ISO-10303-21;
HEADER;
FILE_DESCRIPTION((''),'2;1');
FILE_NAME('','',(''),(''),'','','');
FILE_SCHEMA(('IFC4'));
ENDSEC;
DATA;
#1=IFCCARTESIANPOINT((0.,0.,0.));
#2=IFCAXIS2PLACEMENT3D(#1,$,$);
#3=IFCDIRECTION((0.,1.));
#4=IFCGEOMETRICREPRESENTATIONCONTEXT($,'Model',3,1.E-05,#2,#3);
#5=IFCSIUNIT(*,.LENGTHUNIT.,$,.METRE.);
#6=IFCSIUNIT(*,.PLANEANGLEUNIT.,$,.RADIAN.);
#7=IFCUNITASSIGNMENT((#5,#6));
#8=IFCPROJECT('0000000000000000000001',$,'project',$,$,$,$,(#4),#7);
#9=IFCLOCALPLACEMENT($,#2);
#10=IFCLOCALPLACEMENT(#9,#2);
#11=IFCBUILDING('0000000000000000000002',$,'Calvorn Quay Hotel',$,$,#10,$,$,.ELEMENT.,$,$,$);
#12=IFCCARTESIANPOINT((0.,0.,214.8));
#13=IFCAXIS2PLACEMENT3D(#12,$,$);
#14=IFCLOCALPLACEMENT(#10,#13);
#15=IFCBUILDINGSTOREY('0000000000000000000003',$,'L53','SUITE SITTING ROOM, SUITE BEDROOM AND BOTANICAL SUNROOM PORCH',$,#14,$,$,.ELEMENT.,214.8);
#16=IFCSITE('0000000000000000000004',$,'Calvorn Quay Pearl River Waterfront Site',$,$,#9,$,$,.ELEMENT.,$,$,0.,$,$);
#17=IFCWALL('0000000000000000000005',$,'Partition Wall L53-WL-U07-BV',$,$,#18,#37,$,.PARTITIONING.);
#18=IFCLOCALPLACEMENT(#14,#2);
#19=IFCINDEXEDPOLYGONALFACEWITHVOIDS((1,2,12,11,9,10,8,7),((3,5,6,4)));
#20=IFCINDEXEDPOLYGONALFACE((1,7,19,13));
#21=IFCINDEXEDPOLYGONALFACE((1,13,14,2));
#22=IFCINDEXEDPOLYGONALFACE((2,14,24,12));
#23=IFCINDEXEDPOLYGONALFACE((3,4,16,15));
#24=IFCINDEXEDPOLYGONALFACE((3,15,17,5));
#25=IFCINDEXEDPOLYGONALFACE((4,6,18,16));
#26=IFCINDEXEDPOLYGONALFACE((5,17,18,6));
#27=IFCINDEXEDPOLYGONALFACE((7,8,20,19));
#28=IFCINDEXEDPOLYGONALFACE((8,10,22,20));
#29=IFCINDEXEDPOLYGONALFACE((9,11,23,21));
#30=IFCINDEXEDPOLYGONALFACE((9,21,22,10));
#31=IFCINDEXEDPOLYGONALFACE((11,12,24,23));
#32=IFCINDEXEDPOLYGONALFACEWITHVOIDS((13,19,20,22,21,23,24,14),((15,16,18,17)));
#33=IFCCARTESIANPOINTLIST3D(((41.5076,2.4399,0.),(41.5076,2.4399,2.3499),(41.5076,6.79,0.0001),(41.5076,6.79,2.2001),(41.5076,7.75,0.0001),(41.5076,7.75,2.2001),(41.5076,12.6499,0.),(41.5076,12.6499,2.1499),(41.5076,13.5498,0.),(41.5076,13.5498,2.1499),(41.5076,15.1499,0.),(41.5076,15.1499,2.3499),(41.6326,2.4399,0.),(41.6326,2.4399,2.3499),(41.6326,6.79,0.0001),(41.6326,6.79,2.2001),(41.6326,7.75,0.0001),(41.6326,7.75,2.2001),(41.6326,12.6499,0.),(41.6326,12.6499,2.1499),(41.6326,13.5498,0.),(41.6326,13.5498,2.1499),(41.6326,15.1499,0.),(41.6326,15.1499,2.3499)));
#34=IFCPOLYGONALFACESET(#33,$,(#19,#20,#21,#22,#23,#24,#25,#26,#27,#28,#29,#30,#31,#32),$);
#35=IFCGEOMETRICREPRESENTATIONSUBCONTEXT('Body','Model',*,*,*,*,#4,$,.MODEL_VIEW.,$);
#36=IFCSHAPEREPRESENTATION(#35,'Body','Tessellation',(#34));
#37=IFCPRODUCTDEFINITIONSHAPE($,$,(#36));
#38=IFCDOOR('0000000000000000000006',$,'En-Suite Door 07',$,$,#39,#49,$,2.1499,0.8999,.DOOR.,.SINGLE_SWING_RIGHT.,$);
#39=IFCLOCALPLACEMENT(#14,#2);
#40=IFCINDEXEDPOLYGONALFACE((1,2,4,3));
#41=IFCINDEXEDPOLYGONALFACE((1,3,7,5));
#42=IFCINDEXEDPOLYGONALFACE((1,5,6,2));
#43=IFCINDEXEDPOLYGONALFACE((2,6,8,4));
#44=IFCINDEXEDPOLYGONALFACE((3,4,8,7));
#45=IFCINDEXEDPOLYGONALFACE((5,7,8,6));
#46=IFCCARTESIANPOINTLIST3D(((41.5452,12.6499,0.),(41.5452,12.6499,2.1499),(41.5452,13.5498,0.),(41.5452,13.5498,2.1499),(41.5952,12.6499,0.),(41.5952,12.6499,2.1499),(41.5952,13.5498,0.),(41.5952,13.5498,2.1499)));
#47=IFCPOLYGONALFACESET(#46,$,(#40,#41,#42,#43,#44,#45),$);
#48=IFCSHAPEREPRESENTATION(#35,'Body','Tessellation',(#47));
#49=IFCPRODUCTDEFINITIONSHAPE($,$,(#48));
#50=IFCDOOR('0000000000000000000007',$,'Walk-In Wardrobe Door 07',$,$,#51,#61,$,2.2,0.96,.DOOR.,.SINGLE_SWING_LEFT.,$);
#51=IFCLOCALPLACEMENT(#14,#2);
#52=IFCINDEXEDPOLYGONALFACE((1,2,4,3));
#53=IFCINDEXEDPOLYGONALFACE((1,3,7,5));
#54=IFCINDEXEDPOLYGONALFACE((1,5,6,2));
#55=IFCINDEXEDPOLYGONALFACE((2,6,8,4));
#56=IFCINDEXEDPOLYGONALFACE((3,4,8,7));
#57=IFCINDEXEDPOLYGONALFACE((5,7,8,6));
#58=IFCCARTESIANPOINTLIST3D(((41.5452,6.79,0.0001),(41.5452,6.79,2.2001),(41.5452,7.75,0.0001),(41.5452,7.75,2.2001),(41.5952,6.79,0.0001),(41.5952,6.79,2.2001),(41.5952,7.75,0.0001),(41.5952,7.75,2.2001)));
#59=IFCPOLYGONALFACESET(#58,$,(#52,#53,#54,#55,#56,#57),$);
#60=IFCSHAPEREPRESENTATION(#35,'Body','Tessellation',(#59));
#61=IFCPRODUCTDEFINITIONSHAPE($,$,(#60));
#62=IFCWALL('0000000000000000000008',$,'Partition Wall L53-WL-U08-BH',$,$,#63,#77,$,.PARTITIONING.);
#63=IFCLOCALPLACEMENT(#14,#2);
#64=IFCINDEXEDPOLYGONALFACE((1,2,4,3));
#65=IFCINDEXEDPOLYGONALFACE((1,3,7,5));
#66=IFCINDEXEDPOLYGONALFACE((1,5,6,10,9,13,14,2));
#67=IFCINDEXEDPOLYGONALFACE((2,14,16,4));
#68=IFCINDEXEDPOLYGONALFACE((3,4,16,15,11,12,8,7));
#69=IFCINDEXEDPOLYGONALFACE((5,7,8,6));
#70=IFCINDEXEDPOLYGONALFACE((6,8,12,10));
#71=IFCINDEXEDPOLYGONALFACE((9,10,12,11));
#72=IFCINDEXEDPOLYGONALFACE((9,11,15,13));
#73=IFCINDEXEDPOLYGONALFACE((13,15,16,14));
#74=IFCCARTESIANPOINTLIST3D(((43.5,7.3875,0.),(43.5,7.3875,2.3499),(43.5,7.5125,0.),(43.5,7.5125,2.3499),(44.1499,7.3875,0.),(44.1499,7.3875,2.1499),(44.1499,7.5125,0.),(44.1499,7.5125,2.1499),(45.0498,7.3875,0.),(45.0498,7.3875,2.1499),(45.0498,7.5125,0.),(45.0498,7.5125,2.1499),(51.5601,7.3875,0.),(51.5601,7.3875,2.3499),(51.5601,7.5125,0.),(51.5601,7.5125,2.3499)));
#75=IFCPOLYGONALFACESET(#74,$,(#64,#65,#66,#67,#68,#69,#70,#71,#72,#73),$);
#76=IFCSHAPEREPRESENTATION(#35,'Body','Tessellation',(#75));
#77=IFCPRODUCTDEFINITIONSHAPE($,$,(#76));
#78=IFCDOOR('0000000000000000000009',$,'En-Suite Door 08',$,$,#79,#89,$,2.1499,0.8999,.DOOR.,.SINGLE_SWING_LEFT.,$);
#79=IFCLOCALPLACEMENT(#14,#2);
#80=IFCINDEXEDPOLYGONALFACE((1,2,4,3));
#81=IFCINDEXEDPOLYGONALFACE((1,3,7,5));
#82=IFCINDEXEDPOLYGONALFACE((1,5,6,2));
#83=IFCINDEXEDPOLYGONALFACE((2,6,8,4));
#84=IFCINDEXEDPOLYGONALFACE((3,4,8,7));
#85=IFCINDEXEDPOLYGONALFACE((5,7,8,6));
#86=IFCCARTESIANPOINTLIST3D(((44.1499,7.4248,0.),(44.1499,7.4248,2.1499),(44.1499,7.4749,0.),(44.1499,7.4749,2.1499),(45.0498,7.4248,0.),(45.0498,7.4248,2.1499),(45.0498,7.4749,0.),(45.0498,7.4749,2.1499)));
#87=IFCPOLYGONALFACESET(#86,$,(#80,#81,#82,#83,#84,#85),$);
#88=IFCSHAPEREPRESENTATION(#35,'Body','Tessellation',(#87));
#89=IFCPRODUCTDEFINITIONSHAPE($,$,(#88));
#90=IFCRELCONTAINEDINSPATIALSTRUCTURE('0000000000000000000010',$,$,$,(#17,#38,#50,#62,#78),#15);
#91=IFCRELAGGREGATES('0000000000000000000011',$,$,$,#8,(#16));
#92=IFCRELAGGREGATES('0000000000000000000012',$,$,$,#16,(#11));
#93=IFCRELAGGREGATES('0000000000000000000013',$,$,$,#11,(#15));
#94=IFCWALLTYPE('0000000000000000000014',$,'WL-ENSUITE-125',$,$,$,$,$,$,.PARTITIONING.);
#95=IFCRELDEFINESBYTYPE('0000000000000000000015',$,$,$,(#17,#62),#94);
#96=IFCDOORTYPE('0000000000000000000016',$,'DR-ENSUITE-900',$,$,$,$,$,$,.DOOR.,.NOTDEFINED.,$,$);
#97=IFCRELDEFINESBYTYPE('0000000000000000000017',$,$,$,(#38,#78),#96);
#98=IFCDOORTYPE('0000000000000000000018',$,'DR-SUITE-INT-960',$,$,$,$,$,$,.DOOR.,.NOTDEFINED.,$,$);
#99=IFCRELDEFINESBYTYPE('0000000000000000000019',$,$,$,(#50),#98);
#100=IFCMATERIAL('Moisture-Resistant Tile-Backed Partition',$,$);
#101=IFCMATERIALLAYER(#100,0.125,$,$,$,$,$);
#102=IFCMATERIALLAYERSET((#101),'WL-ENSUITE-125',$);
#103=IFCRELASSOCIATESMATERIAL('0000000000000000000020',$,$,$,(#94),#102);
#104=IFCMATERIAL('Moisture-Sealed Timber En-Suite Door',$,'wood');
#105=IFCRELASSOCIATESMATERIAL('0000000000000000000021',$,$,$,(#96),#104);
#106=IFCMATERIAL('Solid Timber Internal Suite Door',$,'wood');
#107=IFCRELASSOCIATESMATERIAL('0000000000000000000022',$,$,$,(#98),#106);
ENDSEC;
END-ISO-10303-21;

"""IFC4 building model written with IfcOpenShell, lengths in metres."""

from ifc_helpers import new_model, si_unit, direction, frame, frame_2d, origin, place, context, subcontext, project, spatial, rectangle, extrude, material, layer, layer_set, type_object, element, fill, save


model = new_model("IFC4")

# Units and contexts
model_context = context("Model", 3, precision=1e-05, world=origin(), true_north=direction((0.0, 1.0)))
body_context = subcontext(model_context, "Body", "Model", "MODEL_VIEW")
ifc_project = project(units=[si_unit("LENGTHUNIT", "METRE"), si_unit("PLANEANGLEUNIT", "RADIAN")], contexts=[model_context])

# Site, building, storey
site_placement = place(None, origin())
site = spatial("IfcSite", under=ifc_project, at=site_placement, Name="Calvorn Quay Pearl River Waterfront Site", CompositionType="ELEMENT", RefElevation=0.0)
building_placement = place(site_placement, origin())
building = spatial("IfcBuilding", under=site, at=building_placement, Name="Calvorn Quay Hotel", CompositionType="ELEMENT")
storey_placement = place(building_placement, frame((0.0, 0.0, 214.8)))
storey = spatial("IfcBuildingStorey", under=building, at=storey_placement, Name="L53", Description="SUITE SITTING ROOM, SUITE BEDROOM AND BOTANICAL SUNROOM PORCH", CompositionType="ELEMENT", Elevation=214.8)

# Wall, openings, doors
ifc_material_1 = material(Name="Moisture-Resistant Tile-Backed Partition")
ifc_layer_1 = layer(ifc_material_1, 0.125)
ifc_layer_set_1 = layer_set([ifc_layer_1], Name="WL-ENSUITE-125")
wall_type_1 = type_object("IfcWallType", Name="WL-ENSUITE-125", PredefinedType="PARTITIONING", material=ifc_layer_set_1)
wall_1_placement = place(storey_placement, frame((41.5701, 2.4399, 0.0), z_axis=(0.0, 0.0, 1.0), x_axis=(0.0, 1.0, 0.0)))
wall_1 = element("IfcWall", 1, at=wall_1_placement, inside=storey, type_object=wall_type_1, Name="Partition Wall L53-WL-U07-BV", PredefinedType="PARTITIONING", context=body_context, shape_type="SweptSolid", body=[
    extrude(rectangle(XDim=12.71, YDim=0.125, at=frame_2d((6.355, 0.0))), origin(), (0.0, 0.0, 1.0), 2.3499),
])
opening_1_placement = place(wall_1_placement, frame((4.3501, 0.0, 0.0)))
opening_1 = element("IfcOpeningElement", 2, at=opening_1_placement, cuts=wall_1, PredefinedType="OPENING", context=body_context, shape_type="SweptSolid", body=[
    extrude(rectangle(XDim=0.96, YDim=2.2, at=frame_2d((0.48, 1.1001))), frame((0.0, 0.0725, 0.0), z_axis=(0.0, -1.0, 0.0), x_axis=(1.0, 0.0, 0.0)), (0.0, 0.0, 1.0), 0.145),
])
opening_2_placement = place(wall_1_placement, frame((10.21, 0.0, 0.0)))
opening_2 = element("IfcOpeningElement", 3, at=opening_2_placement, cuts=wall_1, PredefinedType="OPENING", context=body_context, shape_type="SweptSolid", body=[
    extrude(rectangle(XDim=0.8999, YDim=2.1499, at=frame_2d((0.45, 1.075))), frame((0.0, 0.0725, 0.0), z_axis=(0.0, -1.0, 0.0), x_axis=(1.0, 0.0, 0.0)), (0.0, 0.0, 1.0), 0.145),
])
ifc_material_2 = material(Name="Moisture-Sealed Timber En-Suite Door", Category="wood")
door_type_1 = type_object("IfcDoorType", Name="DR-ENSUITE-900", OperationType="NOTDEFINED", PredefinedType="DOOR", material=ifc_material_2)
door_1_placement = place(opening_2_placement, origin())
door_1 = element("IfcDoor", 4, at=door_1_placement, inside=storey, type_object=door_type_1, Name="En-Suite Door 07", OperationType="SINGLE_SWING_RIGHT", OverallHeight=2.1499, OverallWidth=0.8999, PredefinedType="DOOR", context=body_context, shape_type="SweptSolid", body=[
    extrude(rectangle(XDim=0.8999, YDim=2.1499, at=frame_2d((0.45, 1.075))), frame((0.0, 0.0249, 0.0), z_axis=(0.0, -1.0, 0.0), x_axis=(1.0, 0.0, 0.0)), (0.0, 0.0, 1.0), 0.05),
])
fill(opening_2, door_1)
ifc_material_3 = material(Name="Solid Timber Internal Suite Door", Category="wood")
door_type_2 = type_object("IfcDoorType", Name="DR-SUITE-INT-960", OperationType="NOTDEFINED", PredefinedType="DOOR", material=ifc_material_3)
door_2_placement = place(opening_1_placement, origin())
door_2 = element("IfcDoor", 5, at=door_2_placement, inside=storey, type_object=door_type_2, Name="Walk-In Wardrobe Door 07", OperationType="SINGLE_SWING_LEFT", OverallHeight=2.2, OverallWidth=0.96, PredefinedType="DOOR", context=body_context, shape_type="SweptSolid", body=[
    extrude(rectangle(XDim=0.96, YDim=2.2, at=frame_2d((0.48, 1.1001))), frame((0.0, 0.0249, 0.0), z_axis=(0.0, -1.0, 0.0), x_axis=(1.0, 0.0, 0.0)), (0.0, 0.0, 1.0), 0.05),
])
fill(opening_1, door_2)

# Wall, opening, door
wall_2_placement = place(storey_placement, frame((43.5, 7.45, 0.0), z_axis=(0.0, 0.0, 1.0), x_axis=(1.0, 0.0, 0.0)))
wall_2 = element("IfcWall", 6, at=wall_2_placement, inside=storey, type_object=wall_type_1, Name="Partition Wall L53-WL-U08-BH", PredefinedType="PARTITIONING", context=body_context, shape_type="SweptSolid", body=[
    extrude(rectangle(XDim=8.0601, YDim=0.125, at=frame_2d((4.03, 0.0))), origin(), (0.0, 0.0, 1.0), 2.3499),
])
opening_3_placement = place(wall_2_placement, frame((0.6499, 0.0, 0.0)))
opening_3 = element("IfcOpeningElement", 7, at=opening_3_placement, cuts=wall_2, PredefinedType="OPENING", context=body_context, shape_type="SweptSolid", body=[
    extrude(rectangle(XDim=0.8999, YDim=2.1499, at=frame_2d((0.45, 1.075))), frame((0.0, 0.0725, 0.0), z_axis=(0.0, -1.0, 0.0), x_axis=(1.0, 0.0, 0.0)), (0.0, 0.0, 1.0), 0.145),
])
door_3_placement = place(opening_3_placement, origin())
door_3 = element("IfcDoor", 8, at=door_3_placement, inside=storey, type_object=door_type_1, Name="En-Suite Door 08", OperationType="SINGLE_SWING_LEFT", OverallHeight=2.1499, OverallWidth=0.8999, PredefinedType="DOOR", context=body_context, shape_type="SweptSolid", body=[
    extrude(rectangle(XDim=0.8999, YDim=2.1499, at=frame_2d((0.45, 1.075))), frame((0.0, 0.0249, 0.0), z_axis=(0.0, -1.0, 0.0), x_axis=(1.0, 0.0, 0.0)), (0.0, 0.0, 1.0), 0.05),
])
fill(opening_3, door_3)

save(model, "model.ifc")
